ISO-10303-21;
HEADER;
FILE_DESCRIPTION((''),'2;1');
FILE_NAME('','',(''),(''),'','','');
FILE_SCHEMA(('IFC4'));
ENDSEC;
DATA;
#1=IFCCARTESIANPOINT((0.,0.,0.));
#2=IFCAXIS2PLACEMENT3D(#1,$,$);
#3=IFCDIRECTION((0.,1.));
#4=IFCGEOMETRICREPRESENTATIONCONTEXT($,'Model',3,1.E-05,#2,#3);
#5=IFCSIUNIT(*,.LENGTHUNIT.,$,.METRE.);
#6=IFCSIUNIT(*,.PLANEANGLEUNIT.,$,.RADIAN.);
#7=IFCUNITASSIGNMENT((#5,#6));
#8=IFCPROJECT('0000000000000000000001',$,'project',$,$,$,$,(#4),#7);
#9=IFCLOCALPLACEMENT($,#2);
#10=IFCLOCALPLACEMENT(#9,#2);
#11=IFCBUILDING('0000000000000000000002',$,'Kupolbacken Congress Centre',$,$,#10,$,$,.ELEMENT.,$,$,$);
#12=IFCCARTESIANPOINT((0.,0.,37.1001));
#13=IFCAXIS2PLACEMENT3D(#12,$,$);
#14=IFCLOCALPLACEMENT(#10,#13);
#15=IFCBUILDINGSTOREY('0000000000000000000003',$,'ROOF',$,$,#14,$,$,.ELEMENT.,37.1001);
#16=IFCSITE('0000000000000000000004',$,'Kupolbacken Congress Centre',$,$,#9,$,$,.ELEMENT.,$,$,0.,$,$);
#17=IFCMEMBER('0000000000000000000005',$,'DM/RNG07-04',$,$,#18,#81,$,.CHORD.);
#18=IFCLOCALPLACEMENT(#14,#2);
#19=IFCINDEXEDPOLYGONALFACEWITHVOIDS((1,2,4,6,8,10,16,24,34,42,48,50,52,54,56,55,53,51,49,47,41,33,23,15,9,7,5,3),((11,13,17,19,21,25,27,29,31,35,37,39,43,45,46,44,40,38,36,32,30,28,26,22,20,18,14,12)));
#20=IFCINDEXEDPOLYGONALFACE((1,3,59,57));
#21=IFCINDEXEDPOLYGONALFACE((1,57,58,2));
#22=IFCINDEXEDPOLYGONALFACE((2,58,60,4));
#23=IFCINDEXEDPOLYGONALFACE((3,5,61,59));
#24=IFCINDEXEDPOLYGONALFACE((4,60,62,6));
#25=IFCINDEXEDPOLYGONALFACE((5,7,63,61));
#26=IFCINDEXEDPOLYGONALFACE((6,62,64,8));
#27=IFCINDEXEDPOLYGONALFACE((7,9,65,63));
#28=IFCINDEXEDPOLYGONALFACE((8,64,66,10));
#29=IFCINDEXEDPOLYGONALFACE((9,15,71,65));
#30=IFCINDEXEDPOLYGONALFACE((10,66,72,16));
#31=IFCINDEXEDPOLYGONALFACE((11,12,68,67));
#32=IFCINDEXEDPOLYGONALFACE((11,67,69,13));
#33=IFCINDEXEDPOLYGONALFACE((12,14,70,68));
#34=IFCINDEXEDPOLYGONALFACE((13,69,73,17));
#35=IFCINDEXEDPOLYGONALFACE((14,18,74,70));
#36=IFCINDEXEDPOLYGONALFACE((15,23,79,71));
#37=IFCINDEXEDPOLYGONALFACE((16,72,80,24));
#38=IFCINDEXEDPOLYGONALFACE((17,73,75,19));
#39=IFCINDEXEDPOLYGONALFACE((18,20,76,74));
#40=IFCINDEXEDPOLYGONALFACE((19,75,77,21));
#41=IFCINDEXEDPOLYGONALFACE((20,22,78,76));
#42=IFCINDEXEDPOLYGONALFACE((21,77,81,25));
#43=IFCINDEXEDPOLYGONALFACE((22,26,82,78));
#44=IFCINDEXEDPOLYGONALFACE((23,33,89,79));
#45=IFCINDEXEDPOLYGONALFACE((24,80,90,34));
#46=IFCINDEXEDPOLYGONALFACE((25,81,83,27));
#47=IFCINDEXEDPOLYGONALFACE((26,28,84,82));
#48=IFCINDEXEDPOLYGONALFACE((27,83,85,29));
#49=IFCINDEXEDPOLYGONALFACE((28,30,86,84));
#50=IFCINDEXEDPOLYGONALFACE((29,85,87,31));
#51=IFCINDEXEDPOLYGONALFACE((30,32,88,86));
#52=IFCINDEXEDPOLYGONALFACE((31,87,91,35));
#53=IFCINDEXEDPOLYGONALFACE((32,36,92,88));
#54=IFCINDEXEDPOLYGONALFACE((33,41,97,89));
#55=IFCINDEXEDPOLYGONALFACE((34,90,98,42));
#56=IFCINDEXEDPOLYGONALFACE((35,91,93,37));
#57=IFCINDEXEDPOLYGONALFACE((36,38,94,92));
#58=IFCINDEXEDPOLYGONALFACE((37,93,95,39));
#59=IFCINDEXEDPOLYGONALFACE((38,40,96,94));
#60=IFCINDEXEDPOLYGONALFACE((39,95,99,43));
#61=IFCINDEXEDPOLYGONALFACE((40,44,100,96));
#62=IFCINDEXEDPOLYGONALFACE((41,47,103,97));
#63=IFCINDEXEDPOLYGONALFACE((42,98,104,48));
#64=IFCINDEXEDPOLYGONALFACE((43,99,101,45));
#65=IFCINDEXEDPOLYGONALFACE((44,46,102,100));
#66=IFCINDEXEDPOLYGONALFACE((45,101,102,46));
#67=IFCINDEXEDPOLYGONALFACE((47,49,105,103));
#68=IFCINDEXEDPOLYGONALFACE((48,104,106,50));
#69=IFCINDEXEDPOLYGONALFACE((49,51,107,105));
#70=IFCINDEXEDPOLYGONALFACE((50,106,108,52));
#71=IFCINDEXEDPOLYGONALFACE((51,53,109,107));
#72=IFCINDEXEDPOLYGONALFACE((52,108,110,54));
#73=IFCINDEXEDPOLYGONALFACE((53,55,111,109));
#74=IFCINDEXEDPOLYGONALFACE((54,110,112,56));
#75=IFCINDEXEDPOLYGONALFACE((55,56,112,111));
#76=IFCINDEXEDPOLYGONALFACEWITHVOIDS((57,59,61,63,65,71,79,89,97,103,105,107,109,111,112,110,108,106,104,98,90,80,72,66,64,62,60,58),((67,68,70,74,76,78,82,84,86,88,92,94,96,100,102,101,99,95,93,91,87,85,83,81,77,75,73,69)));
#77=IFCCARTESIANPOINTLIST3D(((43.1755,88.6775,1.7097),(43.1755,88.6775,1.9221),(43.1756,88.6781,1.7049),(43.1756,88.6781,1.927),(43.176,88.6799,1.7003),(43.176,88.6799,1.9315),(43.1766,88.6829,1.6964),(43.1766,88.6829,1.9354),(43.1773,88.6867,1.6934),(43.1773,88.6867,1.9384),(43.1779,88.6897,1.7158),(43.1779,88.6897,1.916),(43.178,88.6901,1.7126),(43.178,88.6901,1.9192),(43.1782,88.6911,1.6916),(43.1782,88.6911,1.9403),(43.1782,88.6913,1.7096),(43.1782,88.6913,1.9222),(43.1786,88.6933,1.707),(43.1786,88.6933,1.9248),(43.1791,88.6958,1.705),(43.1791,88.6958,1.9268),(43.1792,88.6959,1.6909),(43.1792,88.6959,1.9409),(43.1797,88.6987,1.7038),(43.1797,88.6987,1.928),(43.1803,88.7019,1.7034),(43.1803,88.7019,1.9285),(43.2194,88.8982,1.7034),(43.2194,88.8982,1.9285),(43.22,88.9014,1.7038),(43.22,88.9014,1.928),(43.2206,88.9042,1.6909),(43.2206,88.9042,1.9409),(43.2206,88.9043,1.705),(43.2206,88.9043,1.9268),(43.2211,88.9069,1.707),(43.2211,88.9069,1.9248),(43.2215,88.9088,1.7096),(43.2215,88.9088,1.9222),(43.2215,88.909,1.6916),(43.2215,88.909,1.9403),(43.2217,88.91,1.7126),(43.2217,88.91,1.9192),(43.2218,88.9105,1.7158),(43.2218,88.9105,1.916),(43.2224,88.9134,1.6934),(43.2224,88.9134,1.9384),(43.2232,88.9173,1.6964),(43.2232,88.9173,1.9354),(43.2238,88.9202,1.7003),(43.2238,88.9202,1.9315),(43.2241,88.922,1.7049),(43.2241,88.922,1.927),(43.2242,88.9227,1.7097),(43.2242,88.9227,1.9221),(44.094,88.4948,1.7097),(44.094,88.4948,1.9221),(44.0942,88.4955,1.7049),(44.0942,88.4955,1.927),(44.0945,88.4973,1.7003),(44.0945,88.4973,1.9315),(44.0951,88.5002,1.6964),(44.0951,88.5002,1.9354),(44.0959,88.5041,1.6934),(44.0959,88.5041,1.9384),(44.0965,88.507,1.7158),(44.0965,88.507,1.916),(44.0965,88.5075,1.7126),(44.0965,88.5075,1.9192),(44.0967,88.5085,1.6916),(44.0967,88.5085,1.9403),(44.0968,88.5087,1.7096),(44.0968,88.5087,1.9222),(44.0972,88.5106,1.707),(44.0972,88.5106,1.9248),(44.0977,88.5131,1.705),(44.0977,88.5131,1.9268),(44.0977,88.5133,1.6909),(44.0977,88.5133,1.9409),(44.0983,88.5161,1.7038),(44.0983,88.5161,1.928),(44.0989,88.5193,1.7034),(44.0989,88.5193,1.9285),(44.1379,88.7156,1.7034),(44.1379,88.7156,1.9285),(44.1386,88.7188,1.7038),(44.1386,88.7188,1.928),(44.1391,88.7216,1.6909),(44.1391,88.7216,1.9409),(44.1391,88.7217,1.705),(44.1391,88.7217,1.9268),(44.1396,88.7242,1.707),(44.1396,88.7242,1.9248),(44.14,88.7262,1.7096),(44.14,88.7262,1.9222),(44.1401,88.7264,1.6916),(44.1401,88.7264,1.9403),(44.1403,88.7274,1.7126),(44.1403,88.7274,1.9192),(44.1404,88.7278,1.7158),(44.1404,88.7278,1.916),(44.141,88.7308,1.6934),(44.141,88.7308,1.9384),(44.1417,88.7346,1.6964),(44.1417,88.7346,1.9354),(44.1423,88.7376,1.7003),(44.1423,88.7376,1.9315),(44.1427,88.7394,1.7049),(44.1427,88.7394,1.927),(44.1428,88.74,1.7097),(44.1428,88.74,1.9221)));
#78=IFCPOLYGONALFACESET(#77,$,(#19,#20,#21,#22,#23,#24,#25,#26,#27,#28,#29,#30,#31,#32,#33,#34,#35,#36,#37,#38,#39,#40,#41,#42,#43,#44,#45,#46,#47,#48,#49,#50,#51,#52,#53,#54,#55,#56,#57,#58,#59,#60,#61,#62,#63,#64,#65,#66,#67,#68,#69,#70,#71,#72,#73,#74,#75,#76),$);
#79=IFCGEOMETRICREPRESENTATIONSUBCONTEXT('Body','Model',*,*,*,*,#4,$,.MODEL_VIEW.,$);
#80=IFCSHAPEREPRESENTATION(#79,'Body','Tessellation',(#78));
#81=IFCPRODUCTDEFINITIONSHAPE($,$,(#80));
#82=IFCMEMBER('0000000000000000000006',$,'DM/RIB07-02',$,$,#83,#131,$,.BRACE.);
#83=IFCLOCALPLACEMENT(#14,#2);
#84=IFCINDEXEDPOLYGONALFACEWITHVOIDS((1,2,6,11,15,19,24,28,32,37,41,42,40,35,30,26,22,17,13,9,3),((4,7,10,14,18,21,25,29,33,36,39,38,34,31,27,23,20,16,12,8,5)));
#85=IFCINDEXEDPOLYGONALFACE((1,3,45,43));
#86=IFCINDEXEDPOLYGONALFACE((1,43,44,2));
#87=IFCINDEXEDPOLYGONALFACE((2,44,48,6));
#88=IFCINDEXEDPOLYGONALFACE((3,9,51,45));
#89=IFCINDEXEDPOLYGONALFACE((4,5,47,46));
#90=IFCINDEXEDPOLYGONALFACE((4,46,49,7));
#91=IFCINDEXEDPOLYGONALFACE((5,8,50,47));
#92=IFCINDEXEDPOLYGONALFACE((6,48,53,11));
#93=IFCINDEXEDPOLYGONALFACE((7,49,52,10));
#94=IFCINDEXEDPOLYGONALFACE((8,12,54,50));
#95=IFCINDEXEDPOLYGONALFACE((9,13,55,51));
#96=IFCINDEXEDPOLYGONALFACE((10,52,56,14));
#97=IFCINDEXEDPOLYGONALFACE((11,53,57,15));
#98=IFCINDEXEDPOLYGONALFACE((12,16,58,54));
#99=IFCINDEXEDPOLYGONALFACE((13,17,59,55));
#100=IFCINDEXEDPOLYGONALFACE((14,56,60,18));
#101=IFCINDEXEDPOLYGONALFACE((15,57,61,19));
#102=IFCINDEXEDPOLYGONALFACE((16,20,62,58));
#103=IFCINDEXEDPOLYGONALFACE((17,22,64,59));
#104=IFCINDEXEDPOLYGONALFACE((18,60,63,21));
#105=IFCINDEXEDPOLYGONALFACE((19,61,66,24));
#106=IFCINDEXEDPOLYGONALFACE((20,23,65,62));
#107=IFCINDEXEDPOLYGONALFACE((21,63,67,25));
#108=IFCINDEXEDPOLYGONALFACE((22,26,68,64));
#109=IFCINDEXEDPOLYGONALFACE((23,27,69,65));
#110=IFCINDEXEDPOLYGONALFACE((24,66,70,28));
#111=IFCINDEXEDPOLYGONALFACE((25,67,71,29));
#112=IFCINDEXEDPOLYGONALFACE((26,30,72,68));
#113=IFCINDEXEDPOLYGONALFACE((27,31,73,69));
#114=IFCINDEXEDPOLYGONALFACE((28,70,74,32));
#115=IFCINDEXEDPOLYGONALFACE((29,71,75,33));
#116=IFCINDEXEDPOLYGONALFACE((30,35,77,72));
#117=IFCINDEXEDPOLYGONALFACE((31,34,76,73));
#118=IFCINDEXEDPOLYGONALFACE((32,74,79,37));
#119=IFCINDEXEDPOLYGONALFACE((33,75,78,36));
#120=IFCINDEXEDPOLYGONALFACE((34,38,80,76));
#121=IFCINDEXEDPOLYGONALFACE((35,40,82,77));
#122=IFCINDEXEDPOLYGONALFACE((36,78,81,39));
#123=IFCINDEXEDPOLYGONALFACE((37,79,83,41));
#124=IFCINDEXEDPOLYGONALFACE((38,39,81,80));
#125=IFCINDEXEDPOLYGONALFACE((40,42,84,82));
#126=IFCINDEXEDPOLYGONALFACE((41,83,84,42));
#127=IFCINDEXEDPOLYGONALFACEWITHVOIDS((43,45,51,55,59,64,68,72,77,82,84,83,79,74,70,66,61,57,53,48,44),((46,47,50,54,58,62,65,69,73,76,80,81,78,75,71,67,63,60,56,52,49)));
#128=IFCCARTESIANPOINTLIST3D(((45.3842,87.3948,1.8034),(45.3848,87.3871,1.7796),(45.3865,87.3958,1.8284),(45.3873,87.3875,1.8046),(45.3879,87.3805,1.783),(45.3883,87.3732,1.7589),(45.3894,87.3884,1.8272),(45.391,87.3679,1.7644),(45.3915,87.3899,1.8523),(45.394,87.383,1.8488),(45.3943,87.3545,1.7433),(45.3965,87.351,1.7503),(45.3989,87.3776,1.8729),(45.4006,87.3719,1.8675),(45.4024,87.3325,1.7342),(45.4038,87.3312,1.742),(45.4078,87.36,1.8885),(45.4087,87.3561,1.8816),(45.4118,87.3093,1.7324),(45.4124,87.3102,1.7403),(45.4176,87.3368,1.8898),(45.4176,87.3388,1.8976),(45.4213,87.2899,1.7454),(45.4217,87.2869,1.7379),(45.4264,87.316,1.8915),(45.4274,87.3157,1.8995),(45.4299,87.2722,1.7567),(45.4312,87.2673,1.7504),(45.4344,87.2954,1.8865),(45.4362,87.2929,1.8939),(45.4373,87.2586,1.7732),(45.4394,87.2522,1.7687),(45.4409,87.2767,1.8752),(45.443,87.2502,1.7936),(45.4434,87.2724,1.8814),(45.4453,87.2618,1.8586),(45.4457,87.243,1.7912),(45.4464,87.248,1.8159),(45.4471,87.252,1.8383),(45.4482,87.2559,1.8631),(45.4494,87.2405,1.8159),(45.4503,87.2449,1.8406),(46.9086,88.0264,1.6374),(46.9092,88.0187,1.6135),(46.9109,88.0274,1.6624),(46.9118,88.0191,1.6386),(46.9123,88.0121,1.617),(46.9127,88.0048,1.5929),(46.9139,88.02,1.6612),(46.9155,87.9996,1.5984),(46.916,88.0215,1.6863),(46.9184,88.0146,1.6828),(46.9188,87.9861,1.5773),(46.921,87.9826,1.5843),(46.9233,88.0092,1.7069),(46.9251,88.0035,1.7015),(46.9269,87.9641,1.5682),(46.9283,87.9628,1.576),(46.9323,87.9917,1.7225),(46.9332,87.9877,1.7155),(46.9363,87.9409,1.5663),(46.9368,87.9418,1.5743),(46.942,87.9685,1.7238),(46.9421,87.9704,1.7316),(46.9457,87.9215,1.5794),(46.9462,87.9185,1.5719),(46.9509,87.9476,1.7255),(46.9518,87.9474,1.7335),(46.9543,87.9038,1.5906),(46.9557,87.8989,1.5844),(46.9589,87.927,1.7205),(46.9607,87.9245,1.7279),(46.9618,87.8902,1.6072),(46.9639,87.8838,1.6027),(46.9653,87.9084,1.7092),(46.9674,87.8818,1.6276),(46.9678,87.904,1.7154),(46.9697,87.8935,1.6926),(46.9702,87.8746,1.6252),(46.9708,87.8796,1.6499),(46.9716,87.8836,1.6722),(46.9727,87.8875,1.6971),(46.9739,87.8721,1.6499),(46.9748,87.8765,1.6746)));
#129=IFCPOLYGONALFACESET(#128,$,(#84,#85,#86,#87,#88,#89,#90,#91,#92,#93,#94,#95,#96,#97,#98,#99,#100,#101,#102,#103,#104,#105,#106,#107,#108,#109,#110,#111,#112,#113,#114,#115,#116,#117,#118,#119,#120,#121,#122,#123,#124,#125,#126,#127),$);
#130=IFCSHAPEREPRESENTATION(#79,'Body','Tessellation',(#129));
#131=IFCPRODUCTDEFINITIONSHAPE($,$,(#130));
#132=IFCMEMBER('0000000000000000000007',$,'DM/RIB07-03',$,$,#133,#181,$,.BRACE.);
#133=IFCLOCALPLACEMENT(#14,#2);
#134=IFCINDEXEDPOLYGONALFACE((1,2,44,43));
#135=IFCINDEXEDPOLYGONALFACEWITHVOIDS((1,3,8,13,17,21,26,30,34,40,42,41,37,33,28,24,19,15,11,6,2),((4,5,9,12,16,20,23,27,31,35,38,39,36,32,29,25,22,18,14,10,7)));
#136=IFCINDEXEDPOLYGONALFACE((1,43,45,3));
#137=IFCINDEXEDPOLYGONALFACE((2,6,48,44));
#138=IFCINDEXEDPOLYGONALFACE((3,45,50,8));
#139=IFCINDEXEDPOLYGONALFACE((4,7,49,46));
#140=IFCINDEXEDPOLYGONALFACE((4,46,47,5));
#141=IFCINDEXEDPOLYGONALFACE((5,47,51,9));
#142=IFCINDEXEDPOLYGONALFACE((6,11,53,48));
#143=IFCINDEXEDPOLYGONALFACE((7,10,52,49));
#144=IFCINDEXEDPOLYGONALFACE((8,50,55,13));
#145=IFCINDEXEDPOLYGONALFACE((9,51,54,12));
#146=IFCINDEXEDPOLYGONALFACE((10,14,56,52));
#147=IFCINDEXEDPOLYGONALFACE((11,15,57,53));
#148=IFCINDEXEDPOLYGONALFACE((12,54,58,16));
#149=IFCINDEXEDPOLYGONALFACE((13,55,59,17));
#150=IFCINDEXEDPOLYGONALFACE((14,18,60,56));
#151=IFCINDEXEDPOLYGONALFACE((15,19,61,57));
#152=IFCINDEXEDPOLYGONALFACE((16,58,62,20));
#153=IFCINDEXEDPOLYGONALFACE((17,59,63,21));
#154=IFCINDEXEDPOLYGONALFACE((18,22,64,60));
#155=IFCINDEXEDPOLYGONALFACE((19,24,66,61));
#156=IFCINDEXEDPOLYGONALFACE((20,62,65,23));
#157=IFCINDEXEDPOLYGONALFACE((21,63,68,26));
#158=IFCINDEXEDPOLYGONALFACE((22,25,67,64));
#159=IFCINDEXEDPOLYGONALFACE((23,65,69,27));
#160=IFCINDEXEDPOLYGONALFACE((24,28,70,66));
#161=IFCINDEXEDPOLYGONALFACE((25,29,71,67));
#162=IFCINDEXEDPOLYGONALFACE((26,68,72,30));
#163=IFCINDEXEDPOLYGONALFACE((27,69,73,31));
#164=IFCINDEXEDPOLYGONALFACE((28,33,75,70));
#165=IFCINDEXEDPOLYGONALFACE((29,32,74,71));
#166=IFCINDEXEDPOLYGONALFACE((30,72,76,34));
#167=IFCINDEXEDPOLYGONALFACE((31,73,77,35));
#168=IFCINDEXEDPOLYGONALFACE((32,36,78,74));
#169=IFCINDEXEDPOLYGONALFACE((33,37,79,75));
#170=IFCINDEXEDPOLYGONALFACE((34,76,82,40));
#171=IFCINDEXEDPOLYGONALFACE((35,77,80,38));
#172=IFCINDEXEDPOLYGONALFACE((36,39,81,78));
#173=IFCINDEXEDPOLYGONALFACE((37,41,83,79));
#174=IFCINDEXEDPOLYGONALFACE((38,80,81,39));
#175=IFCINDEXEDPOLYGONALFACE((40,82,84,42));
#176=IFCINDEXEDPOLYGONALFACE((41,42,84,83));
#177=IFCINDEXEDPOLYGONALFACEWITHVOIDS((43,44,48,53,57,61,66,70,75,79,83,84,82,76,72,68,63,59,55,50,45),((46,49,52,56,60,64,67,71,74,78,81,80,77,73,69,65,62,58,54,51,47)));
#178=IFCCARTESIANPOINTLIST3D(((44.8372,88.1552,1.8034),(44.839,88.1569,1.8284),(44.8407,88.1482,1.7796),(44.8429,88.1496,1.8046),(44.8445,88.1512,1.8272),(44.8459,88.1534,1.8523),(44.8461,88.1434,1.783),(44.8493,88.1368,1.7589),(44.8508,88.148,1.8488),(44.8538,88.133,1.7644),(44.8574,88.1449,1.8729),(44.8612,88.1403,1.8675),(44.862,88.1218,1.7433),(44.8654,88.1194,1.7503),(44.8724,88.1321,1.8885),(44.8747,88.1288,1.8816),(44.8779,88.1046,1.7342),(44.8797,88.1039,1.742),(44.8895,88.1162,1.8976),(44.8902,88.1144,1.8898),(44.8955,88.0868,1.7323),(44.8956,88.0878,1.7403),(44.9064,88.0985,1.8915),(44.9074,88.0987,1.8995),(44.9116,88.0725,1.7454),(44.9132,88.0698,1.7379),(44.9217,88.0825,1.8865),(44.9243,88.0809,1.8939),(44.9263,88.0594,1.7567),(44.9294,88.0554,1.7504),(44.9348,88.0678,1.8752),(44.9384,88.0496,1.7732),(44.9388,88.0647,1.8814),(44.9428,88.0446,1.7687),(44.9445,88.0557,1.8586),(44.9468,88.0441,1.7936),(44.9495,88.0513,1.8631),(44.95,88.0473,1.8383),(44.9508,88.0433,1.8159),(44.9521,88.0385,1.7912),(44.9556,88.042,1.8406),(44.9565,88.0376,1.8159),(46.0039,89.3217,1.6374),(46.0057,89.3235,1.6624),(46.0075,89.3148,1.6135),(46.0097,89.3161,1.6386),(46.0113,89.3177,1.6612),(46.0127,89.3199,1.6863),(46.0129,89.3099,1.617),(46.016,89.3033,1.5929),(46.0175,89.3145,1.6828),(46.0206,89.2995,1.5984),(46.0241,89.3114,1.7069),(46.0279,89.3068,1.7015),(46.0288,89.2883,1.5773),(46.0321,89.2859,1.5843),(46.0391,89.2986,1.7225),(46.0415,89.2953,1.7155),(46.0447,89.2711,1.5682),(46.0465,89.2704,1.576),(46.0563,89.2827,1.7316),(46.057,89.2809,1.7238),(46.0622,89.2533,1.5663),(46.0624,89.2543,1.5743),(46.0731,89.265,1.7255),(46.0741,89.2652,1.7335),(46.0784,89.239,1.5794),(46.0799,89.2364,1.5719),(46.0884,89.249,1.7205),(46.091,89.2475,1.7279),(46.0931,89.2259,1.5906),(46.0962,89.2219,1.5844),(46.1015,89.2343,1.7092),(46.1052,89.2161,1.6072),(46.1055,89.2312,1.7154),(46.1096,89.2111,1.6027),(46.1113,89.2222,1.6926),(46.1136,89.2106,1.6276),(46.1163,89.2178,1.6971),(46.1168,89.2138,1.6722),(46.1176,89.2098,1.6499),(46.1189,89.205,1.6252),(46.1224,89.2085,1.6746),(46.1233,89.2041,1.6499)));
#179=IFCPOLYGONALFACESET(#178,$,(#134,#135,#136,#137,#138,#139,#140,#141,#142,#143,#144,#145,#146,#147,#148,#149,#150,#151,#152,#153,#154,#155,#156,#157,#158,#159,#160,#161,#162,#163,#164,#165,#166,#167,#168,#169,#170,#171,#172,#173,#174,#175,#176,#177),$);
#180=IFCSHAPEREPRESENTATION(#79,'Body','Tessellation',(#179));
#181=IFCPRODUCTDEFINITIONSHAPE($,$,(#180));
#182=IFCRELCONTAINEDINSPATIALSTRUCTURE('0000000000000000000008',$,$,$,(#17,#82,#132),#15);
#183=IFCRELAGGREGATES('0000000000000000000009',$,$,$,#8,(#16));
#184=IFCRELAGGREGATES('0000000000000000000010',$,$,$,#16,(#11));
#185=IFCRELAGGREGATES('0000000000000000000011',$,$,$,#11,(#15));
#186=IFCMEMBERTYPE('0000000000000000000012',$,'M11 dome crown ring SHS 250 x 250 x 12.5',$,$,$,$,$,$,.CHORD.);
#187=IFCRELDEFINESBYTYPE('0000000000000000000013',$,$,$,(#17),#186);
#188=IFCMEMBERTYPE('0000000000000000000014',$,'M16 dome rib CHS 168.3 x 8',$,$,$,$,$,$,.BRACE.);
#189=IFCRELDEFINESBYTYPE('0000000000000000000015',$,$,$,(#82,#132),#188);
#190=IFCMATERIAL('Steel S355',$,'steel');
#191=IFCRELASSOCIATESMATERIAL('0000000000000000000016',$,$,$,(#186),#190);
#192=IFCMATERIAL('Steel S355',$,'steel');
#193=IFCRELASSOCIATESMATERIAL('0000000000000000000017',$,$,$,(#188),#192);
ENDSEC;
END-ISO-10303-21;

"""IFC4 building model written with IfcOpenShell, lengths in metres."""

from ifc_helpers import new_model, si_unit, direction, frame, origin, origin_2d, place, context, subcontext, project, spatial, hollow_rectangle, hollow_circle, extrude, material, material_profile, profile_set, type_object, element, save


model = new_model("IFC4")

# Units and contexts
model_context = context("Model", 3, precision=1e-05, world=origin(), true_north=direction((0.0, 1.0)))
body_context = subcontext(model_context, "Body", "Model", "MODEL_VIEW")
ifc_project = project(units=[si_unit("LENGTHUNIT", "METRE"), si_unit("PLANEANGLEUNIT", "RADIAN")], contexts=[model_context])

# Site, building, storey
site_placement = place(None, origin())
site = spatial("IfcSite", under=ifc_project, at=site_placement, Name="Kupolbacken Congress Centre", CompositionType="ELEMENT", RefElevation=0.0)
building_placement = place(site_placement, origin())
building = spatial("IfcBuilding", under=site, at=building_placement, Name="Kupolbacken Congress Centre", CompositionType="ELEMENT")
storey_placement = place(building_placement, frame((0.0, 0.0, 37.1001)))
storey = spatial("IfcBuildingStorey", under=building, at=storey_placement, Name="ROOF", CompositionType="ELEMENT", Elevation=37.1001)

# Members
ifc_material_1 = material(Name="Steel S355", Category="steel")
ifc_material_profile_1 = material_profile(ifc_material_1, hollow_rectangle(XDim=0.25, YDim=0.25, WallThickness=0.0125, InnerFilletRadius=0.0125, OuterFilletRadius=0.0188, at=origin_2d()), Name="SHS 250 x 250 x 12.5")
ifc_profile_set_1 = profile_set([ifc_material_profile_1], Name="Steel S355")
member_type_1 = type_object("IfcMemberType", Name="M11 dome crown ring SHS 250 x 250 x 12.5", PredefinedType="CHORD", material=ifc_profile_set_1)
member_1_placement = place(storey_placement, frame((44.1184, 88.6174, 1.8159), z_axis=(-0.980801, 0.195013, 0.0), x_axis=(-0.195013, -0.980801, 0.0)))
element("IfcMember", 1, at=member_1_placement, inside=storey, type_object=member_type_1, Name="DM/RNG07-04", PredefinedType="CHORD", context=body_context, shape_type="SweptSolid", body=[
    extrude(hollow_rectangle(XDim=0.25, YDim=0.25, WallThickness=0.0125, InnerFilletRadius=0.0125, OuterFilletRadius=0.0188, at=origin_2d()), origin(), (0.0, 0.0, 1.0), 0.9365),
])
ifc_material_2 = material(Name="Steel S355", Category="steel")
ifc_material_profile_2 = material_profile(ifc_material_2, hollow_circle(Radius=0.0842, WallThickness=0.0081, at=origin_2d()), Name="CHS 168.3 x 8")
ifc_profile_set_2 = profile_set([ifc_material_profile_2], Name="Steel S355")
member_type_2 = type_object("IfcMemberType", Name="M16 dome rib CHS 168.3 x 8", PredefinedType="BRACE", material=ifc_profile_set_2)
member_2_placement = place(storey_placement, frame((46.9417, 87.95, 1.6499), z_axis=(-0.919205, -0.380843, 0.100106), x_axis=(0.382766, -0.923845, 0.0)))
element("IfcMember", 2, at=member_2_placement, inside=storey, type_object=member_type_2, Name="DM/RIB07-02", PredefinedType="BRACE", context=body_context, shape_type="SweptSolid", body=[
    extrude(hollow_circle(Radius=0.0842, WallThickness=0.0081, at=origin_2d()), origin(), (0.0, 0.0, 1.0), 1.6584),
])
member_3_placement = place(storey_placement, frame((46.0637, 89.2637, 1.6499), z_axis=(-0.703628, -0.70348, 0.100119), x_axis=(0.707033, -0.707181, 0.0)))
element("IfcMember", 3, at=member_3_placement, inside=storey, type_object=member_type_2, Name="DM/RIB07-03", PredefinedType="BRACE", context=body_context, shape_type="SweptSolid", body=[
    extrude(hollow_circle(Radius=0.0842, WallThickness=0.0081, at=origin_2d()), origin(), (0.0, 0.0, 1.0), 1.6582),
])

save(model, "model.ifc")
